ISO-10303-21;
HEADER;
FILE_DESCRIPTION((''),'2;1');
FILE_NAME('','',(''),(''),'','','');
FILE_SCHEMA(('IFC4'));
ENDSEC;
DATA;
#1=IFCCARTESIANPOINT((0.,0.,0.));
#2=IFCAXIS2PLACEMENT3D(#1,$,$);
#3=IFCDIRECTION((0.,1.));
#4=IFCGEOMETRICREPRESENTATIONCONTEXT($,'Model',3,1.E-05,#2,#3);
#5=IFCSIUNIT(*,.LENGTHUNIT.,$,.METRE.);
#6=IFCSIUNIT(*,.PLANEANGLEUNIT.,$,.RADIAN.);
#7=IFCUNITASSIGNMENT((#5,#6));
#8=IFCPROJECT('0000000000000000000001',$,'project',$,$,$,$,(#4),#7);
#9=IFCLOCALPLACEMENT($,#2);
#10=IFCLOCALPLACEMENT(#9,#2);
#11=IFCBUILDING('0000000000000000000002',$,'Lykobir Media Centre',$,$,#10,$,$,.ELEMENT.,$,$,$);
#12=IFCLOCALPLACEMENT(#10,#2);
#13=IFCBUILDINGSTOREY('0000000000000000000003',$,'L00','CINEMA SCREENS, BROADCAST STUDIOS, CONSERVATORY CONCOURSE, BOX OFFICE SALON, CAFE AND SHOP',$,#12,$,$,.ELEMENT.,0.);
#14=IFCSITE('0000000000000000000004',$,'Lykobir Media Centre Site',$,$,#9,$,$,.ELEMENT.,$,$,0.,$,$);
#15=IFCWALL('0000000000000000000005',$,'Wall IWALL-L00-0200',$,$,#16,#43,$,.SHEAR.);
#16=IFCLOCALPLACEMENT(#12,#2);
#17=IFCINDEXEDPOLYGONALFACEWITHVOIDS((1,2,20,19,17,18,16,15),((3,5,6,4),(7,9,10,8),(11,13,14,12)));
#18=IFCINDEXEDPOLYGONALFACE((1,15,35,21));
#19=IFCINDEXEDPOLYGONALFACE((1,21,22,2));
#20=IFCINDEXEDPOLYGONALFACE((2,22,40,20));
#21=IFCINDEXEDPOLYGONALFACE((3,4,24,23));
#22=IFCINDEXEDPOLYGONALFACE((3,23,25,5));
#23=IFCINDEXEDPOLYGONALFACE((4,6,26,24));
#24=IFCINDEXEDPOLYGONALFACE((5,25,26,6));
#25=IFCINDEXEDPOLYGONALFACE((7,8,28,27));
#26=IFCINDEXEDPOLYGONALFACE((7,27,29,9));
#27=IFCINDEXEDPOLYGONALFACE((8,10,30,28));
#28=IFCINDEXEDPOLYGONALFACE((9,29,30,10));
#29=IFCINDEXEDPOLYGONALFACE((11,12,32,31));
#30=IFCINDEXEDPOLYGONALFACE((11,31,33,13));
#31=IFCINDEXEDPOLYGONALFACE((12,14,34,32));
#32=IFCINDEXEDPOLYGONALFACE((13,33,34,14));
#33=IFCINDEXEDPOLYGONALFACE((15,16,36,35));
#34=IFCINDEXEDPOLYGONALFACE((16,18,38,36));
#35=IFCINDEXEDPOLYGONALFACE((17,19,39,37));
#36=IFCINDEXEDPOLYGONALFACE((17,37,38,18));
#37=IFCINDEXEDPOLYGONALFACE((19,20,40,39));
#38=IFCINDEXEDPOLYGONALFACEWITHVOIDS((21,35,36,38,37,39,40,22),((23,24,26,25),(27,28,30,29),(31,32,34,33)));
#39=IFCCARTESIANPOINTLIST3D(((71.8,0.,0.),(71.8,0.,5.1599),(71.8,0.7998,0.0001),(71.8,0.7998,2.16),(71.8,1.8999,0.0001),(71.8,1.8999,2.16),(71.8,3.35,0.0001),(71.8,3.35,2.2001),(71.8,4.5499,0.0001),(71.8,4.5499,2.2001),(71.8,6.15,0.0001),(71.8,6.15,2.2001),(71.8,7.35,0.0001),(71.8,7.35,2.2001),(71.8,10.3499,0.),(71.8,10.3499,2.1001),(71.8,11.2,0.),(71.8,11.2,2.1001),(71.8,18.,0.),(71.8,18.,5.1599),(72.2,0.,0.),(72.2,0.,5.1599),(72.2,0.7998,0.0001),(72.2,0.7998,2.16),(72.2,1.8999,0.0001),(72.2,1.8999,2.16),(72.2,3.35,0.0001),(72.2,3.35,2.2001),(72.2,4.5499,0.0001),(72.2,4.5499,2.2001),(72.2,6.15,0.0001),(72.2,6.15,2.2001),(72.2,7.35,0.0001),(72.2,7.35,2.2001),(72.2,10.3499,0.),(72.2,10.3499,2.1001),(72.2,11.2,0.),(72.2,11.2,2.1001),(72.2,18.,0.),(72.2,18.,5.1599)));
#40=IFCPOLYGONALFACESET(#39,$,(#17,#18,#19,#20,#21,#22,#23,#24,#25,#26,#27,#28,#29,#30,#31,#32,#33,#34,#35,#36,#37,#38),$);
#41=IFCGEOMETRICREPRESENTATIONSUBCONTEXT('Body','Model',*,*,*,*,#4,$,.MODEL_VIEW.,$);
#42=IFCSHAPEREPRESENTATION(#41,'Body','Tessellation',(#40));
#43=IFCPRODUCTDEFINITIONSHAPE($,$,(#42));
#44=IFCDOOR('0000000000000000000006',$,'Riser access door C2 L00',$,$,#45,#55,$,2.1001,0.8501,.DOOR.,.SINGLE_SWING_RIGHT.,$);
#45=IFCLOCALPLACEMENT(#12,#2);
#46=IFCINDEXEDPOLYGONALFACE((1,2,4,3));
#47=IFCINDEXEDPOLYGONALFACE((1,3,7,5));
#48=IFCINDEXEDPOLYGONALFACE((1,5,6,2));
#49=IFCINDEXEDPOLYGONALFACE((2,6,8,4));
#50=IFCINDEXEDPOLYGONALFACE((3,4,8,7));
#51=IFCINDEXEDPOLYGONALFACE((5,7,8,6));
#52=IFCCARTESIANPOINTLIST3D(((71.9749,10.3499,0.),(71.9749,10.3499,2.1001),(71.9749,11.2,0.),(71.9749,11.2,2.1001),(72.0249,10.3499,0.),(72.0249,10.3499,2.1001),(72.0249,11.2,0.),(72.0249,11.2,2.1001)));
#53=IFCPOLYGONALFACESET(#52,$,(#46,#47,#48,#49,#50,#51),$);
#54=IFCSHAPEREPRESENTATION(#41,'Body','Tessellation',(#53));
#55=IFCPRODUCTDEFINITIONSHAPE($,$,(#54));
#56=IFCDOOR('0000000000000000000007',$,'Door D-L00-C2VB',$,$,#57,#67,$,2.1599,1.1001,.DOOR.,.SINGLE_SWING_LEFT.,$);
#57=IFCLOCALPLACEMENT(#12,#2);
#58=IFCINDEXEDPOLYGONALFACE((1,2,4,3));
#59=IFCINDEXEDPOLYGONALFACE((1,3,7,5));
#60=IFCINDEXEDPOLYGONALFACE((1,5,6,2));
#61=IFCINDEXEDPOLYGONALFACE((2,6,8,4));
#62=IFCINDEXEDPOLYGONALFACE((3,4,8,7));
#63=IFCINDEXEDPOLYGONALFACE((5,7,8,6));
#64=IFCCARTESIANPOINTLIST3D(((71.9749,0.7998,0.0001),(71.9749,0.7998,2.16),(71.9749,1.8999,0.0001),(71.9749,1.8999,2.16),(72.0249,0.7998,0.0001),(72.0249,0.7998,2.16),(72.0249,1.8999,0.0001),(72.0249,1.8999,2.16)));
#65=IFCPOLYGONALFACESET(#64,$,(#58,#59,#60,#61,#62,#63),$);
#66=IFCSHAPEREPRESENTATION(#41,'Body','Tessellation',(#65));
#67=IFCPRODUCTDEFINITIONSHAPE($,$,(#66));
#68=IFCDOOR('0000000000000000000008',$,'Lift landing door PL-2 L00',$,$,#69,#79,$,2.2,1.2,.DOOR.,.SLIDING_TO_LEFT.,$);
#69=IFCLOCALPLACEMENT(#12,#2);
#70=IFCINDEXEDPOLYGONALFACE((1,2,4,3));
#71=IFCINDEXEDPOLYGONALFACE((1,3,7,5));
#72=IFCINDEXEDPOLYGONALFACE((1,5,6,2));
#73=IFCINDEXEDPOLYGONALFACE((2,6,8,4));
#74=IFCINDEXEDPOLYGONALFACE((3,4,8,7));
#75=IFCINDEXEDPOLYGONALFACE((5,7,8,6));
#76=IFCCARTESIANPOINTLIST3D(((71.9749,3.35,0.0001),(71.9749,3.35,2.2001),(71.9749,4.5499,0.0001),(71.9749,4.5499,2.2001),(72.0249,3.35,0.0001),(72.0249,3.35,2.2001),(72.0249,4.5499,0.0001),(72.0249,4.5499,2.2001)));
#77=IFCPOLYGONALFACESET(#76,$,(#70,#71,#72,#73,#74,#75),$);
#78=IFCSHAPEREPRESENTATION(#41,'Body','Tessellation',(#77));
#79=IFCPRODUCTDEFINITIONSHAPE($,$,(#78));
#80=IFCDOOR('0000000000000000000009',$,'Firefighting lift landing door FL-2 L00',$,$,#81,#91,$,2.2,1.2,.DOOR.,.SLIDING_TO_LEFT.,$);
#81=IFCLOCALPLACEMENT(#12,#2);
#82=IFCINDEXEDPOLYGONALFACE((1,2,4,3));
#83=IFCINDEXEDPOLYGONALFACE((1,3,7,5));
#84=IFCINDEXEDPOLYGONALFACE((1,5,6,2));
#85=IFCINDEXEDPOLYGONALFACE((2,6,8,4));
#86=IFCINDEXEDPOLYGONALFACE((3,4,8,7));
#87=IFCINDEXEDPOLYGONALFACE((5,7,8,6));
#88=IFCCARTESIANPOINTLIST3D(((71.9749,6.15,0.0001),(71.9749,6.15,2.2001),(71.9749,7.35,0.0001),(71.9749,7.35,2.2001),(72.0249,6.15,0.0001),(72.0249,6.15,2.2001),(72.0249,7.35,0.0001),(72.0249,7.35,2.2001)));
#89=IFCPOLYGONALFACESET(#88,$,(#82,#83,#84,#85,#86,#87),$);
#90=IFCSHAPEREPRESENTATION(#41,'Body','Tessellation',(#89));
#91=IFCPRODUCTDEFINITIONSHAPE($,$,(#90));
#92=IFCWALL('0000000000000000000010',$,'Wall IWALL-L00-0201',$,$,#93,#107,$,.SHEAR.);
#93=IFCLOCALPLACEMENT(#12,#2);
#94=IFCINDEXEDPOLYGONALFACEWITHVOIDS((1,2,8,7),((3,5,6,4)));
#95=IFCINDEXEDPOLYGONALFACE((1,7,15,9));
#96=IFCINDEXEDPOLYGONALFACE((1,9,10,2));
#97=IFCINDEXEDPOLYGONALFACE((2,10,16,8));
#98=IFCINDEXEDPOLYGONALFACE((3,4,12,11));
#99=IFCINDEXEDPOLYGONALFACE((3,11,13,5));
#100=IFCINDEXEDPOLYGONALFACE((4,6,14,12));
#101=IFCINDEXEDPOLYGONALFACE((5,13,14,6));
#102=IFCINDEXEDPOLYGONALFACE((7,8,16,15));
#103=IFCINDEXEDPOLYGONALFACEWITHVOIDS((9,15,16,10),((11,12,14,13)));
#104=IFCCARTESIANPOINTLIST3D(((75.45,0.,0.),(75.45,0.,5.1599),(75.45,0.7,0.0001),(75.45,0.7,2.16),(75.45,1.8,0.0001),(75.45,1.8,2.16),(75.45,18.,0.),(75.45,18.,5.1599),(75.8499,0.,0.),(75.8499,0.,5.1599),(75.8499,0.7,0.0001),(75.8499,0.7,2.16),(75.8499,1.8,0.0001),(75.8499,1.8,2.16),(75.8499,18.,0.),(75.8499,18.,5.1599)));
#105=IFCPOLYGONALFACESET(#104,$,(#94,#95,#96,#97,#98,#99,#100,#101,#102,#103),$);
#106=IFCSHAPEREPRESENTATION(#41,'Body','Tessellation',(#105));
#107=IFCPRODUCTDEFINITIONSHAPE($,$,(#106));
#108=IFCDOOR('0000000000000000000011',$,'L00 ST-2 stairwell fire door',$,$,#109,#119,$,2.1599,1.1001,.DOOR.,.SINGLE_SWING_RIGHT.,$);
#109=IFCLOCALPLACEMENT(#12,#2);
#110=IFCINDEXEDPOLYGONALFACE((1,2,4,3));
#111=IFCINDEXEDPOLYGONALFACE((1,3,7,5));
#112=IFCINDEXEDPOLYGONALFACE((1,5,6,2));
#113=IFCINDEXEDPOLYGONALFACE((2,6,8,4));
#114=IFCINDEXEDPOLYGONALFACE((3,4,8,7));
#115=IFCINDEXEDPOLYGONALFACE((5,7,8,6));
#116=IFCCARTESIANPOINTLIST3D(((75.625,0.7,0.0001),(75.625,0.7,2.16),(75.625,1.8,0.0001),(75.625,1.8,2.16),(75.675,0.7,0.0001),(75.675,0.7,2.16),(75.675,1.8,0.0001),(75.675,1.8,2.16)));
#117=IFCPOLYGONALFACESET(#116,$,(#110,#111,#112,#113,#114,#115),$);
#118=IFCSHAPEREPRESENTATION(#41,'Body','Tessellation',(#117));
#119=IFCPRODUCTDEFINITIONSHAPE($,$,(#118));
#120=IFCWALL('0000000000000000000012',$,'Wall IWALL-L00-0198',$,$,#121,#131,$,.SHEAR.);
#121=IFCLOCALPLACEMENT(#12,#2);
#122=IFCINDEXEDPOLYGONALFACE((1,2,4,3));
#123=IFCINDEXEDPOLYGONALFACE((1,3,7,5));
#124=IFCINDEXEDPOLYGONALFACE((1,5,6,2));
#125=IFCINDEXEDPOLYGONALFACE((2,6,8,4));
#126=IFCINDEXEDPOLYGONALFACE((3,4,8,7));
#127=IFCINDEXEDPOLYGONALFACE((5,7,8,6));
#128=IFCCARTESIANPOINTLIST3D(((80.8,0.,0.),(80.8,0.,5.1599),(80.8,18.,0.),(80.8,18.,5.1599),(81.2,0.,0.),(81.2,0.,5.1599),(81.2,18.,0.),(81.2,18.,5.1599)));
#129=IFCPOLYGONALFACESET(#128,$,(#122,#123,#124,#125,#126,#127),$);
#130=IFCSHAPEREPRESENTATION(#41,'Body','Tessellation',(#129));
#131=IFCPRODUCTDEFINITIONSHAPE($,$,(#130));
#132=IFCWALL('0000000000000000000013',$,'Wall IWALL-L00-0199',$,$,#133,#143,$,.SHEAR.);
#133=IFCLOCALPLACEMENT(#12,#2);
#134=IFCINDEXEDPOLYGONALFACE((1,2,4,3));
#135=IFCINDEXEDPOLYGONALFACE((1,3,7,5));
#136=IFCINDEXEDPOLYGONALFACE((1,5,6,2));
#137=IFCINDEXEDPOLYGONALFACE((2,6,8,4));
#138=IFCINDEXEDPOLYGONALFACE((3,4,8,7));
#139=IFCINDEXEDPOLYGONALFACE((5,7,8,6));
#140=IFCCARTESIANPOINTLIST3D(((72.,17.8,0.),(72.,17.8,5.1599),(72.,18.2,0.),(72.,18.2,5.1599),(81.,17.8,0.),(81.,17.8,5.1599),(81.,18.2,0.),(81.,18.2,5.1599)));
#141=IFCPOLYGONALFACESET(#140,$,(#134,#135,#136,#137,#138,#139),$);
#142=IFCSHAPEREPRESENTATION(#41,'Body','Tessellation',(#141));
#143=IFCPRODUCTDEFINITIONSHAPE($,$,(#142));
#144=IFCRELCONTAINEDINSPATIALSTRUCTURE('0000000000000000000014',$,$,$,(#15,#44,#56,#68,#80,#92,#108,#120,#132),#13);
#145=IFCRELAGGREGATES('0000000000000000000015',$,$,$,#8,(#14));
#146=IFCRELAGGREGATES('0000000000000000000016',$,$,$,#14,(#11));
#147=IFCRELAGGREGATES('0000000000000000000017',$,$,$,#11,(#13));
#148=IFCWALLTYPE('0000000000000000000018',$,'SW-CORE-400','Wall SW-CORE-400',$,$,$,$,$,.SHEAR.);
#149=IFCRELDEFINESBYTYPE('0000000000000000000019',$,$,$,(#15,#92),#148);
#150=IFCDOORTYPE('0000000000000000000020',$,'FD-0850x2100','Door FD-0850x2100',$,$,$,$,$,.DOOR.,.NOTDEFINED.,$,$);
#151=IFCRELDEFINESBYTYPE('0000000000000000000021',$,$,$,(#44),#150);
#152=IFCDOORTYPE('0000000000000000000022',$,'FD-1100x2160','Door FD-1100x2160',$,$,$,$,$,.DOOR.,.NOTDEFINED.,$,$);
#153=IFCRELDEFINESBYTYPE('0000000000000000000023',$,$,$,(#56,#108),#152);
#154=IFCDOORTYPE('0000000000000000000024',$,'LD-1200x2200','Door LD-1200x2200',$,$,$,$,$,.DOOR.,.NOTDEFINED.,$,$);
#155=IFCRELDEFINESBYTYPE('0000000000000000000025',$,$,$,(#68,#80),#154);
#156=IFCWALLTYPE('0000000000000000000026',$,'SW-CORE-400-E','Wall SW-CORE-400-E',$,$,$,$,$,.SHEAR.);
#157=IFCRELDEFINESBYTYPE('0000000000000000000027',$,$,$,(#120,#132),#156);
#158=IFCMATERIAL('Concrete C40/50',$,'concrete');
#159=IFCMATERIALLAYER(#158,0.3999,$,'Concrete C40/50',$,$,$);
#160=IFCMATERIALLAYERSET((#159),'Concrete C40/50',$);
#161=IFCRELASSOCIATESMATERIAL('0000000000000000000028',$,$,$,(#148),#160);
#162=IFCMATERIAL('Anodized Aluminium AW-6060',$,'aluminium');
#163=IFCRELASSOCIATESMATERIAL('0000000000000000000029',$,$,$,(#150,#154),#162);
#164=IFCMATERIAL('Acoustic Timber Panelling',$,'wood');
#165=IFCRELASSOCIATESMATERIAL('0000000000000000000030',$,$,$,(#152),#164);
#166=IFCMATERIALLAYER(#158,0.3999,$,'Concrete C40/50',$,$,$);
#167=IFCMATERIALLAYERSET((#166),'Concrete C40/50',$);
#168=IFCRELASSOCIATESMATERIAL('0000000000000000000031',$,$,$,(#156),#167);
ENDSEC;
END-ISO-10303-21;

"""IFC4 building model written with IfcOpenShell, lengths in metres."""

from ifc_helpers import new_model, si_unit, direction, frame, frame_2d, origin, place, context, subcontext, project, spatial, rectangle, extrude, material, layer, layer_set, type_object, element, fill, save


model = new_model("IFC4")

# Units and contexts
model_context = context("Model", 3, precision=1e-05, world=origin(), true_north=direction((0.0, 1.0)))
body_context = subcontext(model_context, "Body", "Model", "MODEL_VIEW")
ifc_project = project(units=[si_unit("LENGTHUNIT", "METRE"), si_unit("PLANEANGLEUNIT", "RADIAN")], contexts=[model_context])

# Site, building, storey
site_placement = place(None, origin())
site = spatial("IfcSite", under=ifc_project, at=site_placement, Name="Lykobir Media Centre Site", CompositionType="ELEMENT", RefElevation=0.0)
building_placement = place(site_placement, origin())
building = spatial("IfcBuilding", under=site, at=building_placement, Name="Lykobir Media Centre", CompositionType="ELEMENT")
storey_placement = place(building_placement, origin())
storey = spatial("IfcBuildingStorey", under=building, at=storey_placement, Name="L00", Description="CINEMA SCREENS, BROADCAST STUDIOS, CONSERVATORY CONCOURSE, BOX OFFICE SALON, CAFE AND SHOP", CompositionType="ELEMENT", Elevation=0.0)

# Shared definitions
ifc_material_1 = material(Name="Concrete C40/50", Category="concrete")

# Wall, openings, doors
ifc_layer_1 = layer(ifc_material_1, 0.3999, Name="Concrete C40/50")
ifc_layer_set_1 = layer_set([ifc_layer_1], Name="Concrete C40/50")
wall_type_1 = type_object("IfcWallType", Name="SW-CORE-400", Description="Wall SW-CORE-400", PredefinedType="SHEAR", material=ifc_layer_set_1)
wall_1_placement = place(storey_placement, frame((72.0, 18.0, 0.0), z_axis=(0.0, 0.0, 1.0), x_axis=(0.0, -1.0, 0.0)))
wall_1 = element("IfcWall", 1, at=wall_1_placement, inside=storey, type_object=wall_type_1, Name="Wall IWALL-L00-0200", PredefinedType="SHEAR", context=body_context, shape_type="SweptSolid", body=[
    extrude(rectangle(XDim=18.0, YDim=0.3999, at=frame_2d((9.0, 0.0))), origin(), (0.0, 0.0, 1.0), 5.1599),
])
opening_1_placement = place(wall_1_placement, frame((16.1001, 0.0, 0.0)))
opening_1 = element("IfcOpeningElement", 2, at=opening_1_placement, cuts=wall_1, PredefinedType="OPENING", context=body_context, shape_type="SweptSolid", body=[
    extrude(rectangle(XDim=1.1001, YDim=2.1599, at=frame_2d((0.55, 1.0801))), frame((0.0, 0.21, 0.0), z_axis=(0.0, -1.0, 0.0), x_axis=(1.0, 0.0, 0.0)), (0.0, 0.0, 1.0), 0.4199),
])
opening_2_placement = place(wall_1_placement, frame((13.45, 0.0, 0.0)))
opening_2 = element("IfcOpeningElement", 3, at=opening_2_placement, cuts=wall_1, PredefinedType="OPENING", context=body_context, shape_type="SweptSolid", body=[
    extrude(rectangle(XDim=1.2, YDim=2.2, at=frame_2d((0.6001, 1.1001))), frame((0.0, 0.21, 0.0), z_axis=(0.0, -1.0, 0.0), x_axis=(1.0, 0.0, 0.0)), (0.0, 0.0, 1.0), 0.4199),
])
opening_3_placement = place(wall_1_placement, frame((10.6499, 0.0, 0.0)))
opening_3 = element("IfcOpeningElement", 4, at=opening_3_placement, cuts=wall_1, PredefinedType="OPENING", context=body_context, shape_type="SweptSolid", body=[
    extrude(rectangle(XDim=1.2, YDim=2.2, at=frame_2d((0.6001, 1.1001))), frame((0.0, 0.21, 0.0), z_axis=(0.0, -1.0, 0.0), x_axis=(1.0, 0.0, 0.0)), (0.0, 0.0, 1.0), 0.4199),
])
opening_4_placement = place(wall_1_placement, frame((6.8, 0.0, 0.0)))
opening_4 = element("IfcOpeningElement", 5, at=opening_4_placement, cuts=wall_1, PredefinedType="OPENING", context=body_context, shape_type="SweptSolid", body=[
    extrude(rectangle(XDim=0.8501, YDim=2.1001, at=frame_2d((0.425, 1.05))), frame((0.0, 0.21, 0.0), z_axis=(0.0, -1.0, 0.0), x_axis=(1.0, 0.0, 0.0)), (0.0, 0.0, 1.0), 0.4199),
])
ifc_material_2 = material(Name="Anodized Aluminium AW-6060", Category="aluminium")
door_type_1 = type_object("IfcDoorType", Name="FD-0850x2100", Description="Door FD-0850x2100", OperationType="NOTDEFINED", PredefinedType="DOOR", material=ifc_material_2)
door_1_placement = place(opening_4_placement, origin())
door_1 = element("IfcDoor", 6, at=door_1_placement, inside=storey, type_object=door_type_1, Name="Riser access door C2 L00", OperationType="SINGLE_SWING_RIGHT", OverallHeight=2.1001, OverallWidth=0.8501, PredefinedType="DOOR", context=body_context, shape_type="SweptSolid", body=[
    extrude(rectangle(XDim=0.8501, YDim=2.1001, at=frame_2d((0.425, 1.05))), frame((0.0, 0.0249, 0.0), z_axis=(0.0, -1.0, 0.0), x_axis=(1.0, 0.0, 0.0)), (0.0, 0.0, 1.0), 0.05),
])
fill(opening_4, door_1)
ifc_material_3 = material(Name="Acoustic Timber Panelling", Category="wood")
door_type_2 = type_object("IfcDoorType", Name="FD-1100x2160", Description="Door FD-1100x2160", OperationType="NOTDEFINED", PredefinedType="DOOR", material=ifc_material_3)
door_2_placement = place(opening_1_placement, origin())
door_2 = element("IfcDoor", 7, at=door_2_placement, inside=storey, type_object=door_type_2, Name="Door D-L00-C2VB", OperationType="SINGLE_SWING_LEFT", OverallHeight=2.1599, OverallWidth=1.1001, PredefinedType="DOOR", context=body_context, shape_type="SweptSolid", body=[
    extrude(rectangle(XDim=1.1001, YDim=2.1599, at=frame_2d((0.55, 1.0801))), frame((0.0, 0.0249, 0.0), z_axis=(0.0, -1.0, 0.0), x_axis=(1.0, 0.0, 0.0)), (0.0, 0.0, 1.0), 0.05),
])
fill(opening_1, door_2)
door_type_3 = type_object("IfcDoorType", Name="LD-1200x2200", Description="Door LD-1200x2200", OperationType="NOTDEFINED", PredefinedType="DOOR", material=ifc_material_2)
door_3_placement = place(opening_2_placement, origin())
door_3 = element("IfcDoor", 8, at=door_3_placement, inside=storey, type_object=door_type_3, Name="Lift landing door PL-2 L00", OperationType="SLIDING_TO_LEFT", OverallHeight=2.2, OverallWidth=1.2, PredefinedType="DOOR", context=body_context, shape_type="SweptSolid", body=[
    extrude(rectangle(XDim=1.2, YDim=2.2, at=frame_2d((0.6001, 1.1001))), frame((0.0, 0.0249, 0.0), z_axis=(0.0, -1.0, 0.0), x_axis=(1.0, 0.0, 0.0)), (0.0, 0.0, 1.0), 0.05),
])
fill(opening_2, door_3)
door_4_placement = place(opening_3_placement, origin())
door_4 = element("IfcDoor", 9, at=door_4_placement, inside=storey, type_object=door_type_3, Name="Firefighting lift landing door FL-2 L00", OperationType="SLIDING_TO_LEFT", OverallHeight=2.2, OverallWidth=1.2, PredefinedType="DOOR", context=body_context, shape_type="SweptSolid", body=[
    extrude(rectangle(XDim=1.2, YDim=2.2, at=frame_2d((0.6001, 1.1001))), frame((0.0, 0.0249, 0.0), z_axis=(0.0, -1.0, 0.0), x_axis=(1.0, 0.0, 0.0)), (0.0, 0.0, 1.0), 0.05),
])
fill(opening_3, door_4)

# Wall, opening, door
wall_2_placement = place(storey_placement, frame((75.6499, 0.0, 0.0), z_axis=(0.0, 0.0, 1.0), x_axis=(0.0, 1.0, 0.0)))
wall_2 = element("IfcWall", 10, at=wall_2_placement, inside=storey, type_object=wall_type_1, Name="Wall IWALL-L00-0201", PredefinedType="SHEAR", context=body_context, shape_type="SweptSolid", body=[
    extrude(rectangle(XDim=18.0, YDim=0.3999, at=frame_2d((9.0, 0.0))), origin(), (0.0, 0.0, 1.0), 5.1599),
])
opening_5_placement = place(wall_2_placement, frame((0.7, 0.0, 0.0)))
opening_5 = element("IfcOpeningElement", 11, at=opening_5_placement, cuts=wall_2, PredefinedType="OPENING", context=body_context, shape_type="SweptSolid", body=[
    extrude(rectangle(XDim=1.1001, YDim=2.1599, at=frame_2d((0.55, 1.0801))), frame((0.0, 0.21, 0.0), z_axis=(0.0, -1.0, 0.0), x_axis=(1.0, 0.0, 0.0)), (0.0, 0.0, 1.0), 0.4199),
])
door_5_placement = place(opening_5_placement, origin())
door_5 = element("IfcDoor", 12, at=door_5_placement, inside=storey, type_object=door_type_2, Name="L00 ST-2 stairwell fire door", OperationType="SINGLE_SWING_RIGHT", OverallHeight=2.1599, OverallWidth=1.1001, PredefinedType="DOOR", context=body_context, shape_type="SweptSolid", body=[
    extrude(rectangle(XDim=1.1001, YDim=2.1599, at=frame_2d((0.55, 1.0801))), frame((0.0, 0.0249, 0.0), z_axis=(0.0, -1.0, 0.0), x_axis=(1.0, 0.0, 0.0)), (0.0, 0.0, 1.0), 0.05),
])
fill(opening_5, door_5)

# Walls
ifc_layer_2 = layer(ifc_material_1, 0.3999, Name="Concrete C40/50")
ifc_layer_set_2 = layer_set([ifc_layer_2], Name="Concrete C40/50")
wall_type_2 = type_object("IfcWallType", Name="SW-CORE-400-E", Description="Wall SW-CORE-400-E", PredefinedType="SHEAR", material=ifc_layer_set_2)
wall_3_placement = place(storey_placement, frame((81.0, 0.0, 0.0), z_axis=(0.0, 0.0, 1.0), x_axis=(0.0, 1.0, 0.0)))
element("IfcWall", 13, at=wall_3_placement, inside=storey, type_object=wall_type_2, Name="Wall IWALL-L00-0198", PredefinedType="SHEAR", context=body_context, shape_type="SweptSolid", body=[
    extrude(rectangle(XDim=18.0, YDim=0.3999, at=frame_2d((9.0, 0.0))), origin(), (0.0, 0.0, 1.0), 5.1599),
])
wall_4_placement = place(storey_placement, frame((81.0, 18.0, 0.0), z_axis=(0.0, 0.0, 1.0), x_axis=(-1.0, 0.0, 0.0)))
element("IfcWall", 14, at=wall_4_placement, inside=storey, type_object=wall_type_2, Name="Wall IWALL-L00-0199", PredefinedType="SHEAR", context=body_context, shape_type="SweptSolid", body=[
    extrude(rectangle(XDim=9.0, YDim=0.3999, at=frame_2d((4.5, 0.0))), origin(), (0.0, 0.0, 1.0), 5.1599),
])

save(model, "model.ifc")
